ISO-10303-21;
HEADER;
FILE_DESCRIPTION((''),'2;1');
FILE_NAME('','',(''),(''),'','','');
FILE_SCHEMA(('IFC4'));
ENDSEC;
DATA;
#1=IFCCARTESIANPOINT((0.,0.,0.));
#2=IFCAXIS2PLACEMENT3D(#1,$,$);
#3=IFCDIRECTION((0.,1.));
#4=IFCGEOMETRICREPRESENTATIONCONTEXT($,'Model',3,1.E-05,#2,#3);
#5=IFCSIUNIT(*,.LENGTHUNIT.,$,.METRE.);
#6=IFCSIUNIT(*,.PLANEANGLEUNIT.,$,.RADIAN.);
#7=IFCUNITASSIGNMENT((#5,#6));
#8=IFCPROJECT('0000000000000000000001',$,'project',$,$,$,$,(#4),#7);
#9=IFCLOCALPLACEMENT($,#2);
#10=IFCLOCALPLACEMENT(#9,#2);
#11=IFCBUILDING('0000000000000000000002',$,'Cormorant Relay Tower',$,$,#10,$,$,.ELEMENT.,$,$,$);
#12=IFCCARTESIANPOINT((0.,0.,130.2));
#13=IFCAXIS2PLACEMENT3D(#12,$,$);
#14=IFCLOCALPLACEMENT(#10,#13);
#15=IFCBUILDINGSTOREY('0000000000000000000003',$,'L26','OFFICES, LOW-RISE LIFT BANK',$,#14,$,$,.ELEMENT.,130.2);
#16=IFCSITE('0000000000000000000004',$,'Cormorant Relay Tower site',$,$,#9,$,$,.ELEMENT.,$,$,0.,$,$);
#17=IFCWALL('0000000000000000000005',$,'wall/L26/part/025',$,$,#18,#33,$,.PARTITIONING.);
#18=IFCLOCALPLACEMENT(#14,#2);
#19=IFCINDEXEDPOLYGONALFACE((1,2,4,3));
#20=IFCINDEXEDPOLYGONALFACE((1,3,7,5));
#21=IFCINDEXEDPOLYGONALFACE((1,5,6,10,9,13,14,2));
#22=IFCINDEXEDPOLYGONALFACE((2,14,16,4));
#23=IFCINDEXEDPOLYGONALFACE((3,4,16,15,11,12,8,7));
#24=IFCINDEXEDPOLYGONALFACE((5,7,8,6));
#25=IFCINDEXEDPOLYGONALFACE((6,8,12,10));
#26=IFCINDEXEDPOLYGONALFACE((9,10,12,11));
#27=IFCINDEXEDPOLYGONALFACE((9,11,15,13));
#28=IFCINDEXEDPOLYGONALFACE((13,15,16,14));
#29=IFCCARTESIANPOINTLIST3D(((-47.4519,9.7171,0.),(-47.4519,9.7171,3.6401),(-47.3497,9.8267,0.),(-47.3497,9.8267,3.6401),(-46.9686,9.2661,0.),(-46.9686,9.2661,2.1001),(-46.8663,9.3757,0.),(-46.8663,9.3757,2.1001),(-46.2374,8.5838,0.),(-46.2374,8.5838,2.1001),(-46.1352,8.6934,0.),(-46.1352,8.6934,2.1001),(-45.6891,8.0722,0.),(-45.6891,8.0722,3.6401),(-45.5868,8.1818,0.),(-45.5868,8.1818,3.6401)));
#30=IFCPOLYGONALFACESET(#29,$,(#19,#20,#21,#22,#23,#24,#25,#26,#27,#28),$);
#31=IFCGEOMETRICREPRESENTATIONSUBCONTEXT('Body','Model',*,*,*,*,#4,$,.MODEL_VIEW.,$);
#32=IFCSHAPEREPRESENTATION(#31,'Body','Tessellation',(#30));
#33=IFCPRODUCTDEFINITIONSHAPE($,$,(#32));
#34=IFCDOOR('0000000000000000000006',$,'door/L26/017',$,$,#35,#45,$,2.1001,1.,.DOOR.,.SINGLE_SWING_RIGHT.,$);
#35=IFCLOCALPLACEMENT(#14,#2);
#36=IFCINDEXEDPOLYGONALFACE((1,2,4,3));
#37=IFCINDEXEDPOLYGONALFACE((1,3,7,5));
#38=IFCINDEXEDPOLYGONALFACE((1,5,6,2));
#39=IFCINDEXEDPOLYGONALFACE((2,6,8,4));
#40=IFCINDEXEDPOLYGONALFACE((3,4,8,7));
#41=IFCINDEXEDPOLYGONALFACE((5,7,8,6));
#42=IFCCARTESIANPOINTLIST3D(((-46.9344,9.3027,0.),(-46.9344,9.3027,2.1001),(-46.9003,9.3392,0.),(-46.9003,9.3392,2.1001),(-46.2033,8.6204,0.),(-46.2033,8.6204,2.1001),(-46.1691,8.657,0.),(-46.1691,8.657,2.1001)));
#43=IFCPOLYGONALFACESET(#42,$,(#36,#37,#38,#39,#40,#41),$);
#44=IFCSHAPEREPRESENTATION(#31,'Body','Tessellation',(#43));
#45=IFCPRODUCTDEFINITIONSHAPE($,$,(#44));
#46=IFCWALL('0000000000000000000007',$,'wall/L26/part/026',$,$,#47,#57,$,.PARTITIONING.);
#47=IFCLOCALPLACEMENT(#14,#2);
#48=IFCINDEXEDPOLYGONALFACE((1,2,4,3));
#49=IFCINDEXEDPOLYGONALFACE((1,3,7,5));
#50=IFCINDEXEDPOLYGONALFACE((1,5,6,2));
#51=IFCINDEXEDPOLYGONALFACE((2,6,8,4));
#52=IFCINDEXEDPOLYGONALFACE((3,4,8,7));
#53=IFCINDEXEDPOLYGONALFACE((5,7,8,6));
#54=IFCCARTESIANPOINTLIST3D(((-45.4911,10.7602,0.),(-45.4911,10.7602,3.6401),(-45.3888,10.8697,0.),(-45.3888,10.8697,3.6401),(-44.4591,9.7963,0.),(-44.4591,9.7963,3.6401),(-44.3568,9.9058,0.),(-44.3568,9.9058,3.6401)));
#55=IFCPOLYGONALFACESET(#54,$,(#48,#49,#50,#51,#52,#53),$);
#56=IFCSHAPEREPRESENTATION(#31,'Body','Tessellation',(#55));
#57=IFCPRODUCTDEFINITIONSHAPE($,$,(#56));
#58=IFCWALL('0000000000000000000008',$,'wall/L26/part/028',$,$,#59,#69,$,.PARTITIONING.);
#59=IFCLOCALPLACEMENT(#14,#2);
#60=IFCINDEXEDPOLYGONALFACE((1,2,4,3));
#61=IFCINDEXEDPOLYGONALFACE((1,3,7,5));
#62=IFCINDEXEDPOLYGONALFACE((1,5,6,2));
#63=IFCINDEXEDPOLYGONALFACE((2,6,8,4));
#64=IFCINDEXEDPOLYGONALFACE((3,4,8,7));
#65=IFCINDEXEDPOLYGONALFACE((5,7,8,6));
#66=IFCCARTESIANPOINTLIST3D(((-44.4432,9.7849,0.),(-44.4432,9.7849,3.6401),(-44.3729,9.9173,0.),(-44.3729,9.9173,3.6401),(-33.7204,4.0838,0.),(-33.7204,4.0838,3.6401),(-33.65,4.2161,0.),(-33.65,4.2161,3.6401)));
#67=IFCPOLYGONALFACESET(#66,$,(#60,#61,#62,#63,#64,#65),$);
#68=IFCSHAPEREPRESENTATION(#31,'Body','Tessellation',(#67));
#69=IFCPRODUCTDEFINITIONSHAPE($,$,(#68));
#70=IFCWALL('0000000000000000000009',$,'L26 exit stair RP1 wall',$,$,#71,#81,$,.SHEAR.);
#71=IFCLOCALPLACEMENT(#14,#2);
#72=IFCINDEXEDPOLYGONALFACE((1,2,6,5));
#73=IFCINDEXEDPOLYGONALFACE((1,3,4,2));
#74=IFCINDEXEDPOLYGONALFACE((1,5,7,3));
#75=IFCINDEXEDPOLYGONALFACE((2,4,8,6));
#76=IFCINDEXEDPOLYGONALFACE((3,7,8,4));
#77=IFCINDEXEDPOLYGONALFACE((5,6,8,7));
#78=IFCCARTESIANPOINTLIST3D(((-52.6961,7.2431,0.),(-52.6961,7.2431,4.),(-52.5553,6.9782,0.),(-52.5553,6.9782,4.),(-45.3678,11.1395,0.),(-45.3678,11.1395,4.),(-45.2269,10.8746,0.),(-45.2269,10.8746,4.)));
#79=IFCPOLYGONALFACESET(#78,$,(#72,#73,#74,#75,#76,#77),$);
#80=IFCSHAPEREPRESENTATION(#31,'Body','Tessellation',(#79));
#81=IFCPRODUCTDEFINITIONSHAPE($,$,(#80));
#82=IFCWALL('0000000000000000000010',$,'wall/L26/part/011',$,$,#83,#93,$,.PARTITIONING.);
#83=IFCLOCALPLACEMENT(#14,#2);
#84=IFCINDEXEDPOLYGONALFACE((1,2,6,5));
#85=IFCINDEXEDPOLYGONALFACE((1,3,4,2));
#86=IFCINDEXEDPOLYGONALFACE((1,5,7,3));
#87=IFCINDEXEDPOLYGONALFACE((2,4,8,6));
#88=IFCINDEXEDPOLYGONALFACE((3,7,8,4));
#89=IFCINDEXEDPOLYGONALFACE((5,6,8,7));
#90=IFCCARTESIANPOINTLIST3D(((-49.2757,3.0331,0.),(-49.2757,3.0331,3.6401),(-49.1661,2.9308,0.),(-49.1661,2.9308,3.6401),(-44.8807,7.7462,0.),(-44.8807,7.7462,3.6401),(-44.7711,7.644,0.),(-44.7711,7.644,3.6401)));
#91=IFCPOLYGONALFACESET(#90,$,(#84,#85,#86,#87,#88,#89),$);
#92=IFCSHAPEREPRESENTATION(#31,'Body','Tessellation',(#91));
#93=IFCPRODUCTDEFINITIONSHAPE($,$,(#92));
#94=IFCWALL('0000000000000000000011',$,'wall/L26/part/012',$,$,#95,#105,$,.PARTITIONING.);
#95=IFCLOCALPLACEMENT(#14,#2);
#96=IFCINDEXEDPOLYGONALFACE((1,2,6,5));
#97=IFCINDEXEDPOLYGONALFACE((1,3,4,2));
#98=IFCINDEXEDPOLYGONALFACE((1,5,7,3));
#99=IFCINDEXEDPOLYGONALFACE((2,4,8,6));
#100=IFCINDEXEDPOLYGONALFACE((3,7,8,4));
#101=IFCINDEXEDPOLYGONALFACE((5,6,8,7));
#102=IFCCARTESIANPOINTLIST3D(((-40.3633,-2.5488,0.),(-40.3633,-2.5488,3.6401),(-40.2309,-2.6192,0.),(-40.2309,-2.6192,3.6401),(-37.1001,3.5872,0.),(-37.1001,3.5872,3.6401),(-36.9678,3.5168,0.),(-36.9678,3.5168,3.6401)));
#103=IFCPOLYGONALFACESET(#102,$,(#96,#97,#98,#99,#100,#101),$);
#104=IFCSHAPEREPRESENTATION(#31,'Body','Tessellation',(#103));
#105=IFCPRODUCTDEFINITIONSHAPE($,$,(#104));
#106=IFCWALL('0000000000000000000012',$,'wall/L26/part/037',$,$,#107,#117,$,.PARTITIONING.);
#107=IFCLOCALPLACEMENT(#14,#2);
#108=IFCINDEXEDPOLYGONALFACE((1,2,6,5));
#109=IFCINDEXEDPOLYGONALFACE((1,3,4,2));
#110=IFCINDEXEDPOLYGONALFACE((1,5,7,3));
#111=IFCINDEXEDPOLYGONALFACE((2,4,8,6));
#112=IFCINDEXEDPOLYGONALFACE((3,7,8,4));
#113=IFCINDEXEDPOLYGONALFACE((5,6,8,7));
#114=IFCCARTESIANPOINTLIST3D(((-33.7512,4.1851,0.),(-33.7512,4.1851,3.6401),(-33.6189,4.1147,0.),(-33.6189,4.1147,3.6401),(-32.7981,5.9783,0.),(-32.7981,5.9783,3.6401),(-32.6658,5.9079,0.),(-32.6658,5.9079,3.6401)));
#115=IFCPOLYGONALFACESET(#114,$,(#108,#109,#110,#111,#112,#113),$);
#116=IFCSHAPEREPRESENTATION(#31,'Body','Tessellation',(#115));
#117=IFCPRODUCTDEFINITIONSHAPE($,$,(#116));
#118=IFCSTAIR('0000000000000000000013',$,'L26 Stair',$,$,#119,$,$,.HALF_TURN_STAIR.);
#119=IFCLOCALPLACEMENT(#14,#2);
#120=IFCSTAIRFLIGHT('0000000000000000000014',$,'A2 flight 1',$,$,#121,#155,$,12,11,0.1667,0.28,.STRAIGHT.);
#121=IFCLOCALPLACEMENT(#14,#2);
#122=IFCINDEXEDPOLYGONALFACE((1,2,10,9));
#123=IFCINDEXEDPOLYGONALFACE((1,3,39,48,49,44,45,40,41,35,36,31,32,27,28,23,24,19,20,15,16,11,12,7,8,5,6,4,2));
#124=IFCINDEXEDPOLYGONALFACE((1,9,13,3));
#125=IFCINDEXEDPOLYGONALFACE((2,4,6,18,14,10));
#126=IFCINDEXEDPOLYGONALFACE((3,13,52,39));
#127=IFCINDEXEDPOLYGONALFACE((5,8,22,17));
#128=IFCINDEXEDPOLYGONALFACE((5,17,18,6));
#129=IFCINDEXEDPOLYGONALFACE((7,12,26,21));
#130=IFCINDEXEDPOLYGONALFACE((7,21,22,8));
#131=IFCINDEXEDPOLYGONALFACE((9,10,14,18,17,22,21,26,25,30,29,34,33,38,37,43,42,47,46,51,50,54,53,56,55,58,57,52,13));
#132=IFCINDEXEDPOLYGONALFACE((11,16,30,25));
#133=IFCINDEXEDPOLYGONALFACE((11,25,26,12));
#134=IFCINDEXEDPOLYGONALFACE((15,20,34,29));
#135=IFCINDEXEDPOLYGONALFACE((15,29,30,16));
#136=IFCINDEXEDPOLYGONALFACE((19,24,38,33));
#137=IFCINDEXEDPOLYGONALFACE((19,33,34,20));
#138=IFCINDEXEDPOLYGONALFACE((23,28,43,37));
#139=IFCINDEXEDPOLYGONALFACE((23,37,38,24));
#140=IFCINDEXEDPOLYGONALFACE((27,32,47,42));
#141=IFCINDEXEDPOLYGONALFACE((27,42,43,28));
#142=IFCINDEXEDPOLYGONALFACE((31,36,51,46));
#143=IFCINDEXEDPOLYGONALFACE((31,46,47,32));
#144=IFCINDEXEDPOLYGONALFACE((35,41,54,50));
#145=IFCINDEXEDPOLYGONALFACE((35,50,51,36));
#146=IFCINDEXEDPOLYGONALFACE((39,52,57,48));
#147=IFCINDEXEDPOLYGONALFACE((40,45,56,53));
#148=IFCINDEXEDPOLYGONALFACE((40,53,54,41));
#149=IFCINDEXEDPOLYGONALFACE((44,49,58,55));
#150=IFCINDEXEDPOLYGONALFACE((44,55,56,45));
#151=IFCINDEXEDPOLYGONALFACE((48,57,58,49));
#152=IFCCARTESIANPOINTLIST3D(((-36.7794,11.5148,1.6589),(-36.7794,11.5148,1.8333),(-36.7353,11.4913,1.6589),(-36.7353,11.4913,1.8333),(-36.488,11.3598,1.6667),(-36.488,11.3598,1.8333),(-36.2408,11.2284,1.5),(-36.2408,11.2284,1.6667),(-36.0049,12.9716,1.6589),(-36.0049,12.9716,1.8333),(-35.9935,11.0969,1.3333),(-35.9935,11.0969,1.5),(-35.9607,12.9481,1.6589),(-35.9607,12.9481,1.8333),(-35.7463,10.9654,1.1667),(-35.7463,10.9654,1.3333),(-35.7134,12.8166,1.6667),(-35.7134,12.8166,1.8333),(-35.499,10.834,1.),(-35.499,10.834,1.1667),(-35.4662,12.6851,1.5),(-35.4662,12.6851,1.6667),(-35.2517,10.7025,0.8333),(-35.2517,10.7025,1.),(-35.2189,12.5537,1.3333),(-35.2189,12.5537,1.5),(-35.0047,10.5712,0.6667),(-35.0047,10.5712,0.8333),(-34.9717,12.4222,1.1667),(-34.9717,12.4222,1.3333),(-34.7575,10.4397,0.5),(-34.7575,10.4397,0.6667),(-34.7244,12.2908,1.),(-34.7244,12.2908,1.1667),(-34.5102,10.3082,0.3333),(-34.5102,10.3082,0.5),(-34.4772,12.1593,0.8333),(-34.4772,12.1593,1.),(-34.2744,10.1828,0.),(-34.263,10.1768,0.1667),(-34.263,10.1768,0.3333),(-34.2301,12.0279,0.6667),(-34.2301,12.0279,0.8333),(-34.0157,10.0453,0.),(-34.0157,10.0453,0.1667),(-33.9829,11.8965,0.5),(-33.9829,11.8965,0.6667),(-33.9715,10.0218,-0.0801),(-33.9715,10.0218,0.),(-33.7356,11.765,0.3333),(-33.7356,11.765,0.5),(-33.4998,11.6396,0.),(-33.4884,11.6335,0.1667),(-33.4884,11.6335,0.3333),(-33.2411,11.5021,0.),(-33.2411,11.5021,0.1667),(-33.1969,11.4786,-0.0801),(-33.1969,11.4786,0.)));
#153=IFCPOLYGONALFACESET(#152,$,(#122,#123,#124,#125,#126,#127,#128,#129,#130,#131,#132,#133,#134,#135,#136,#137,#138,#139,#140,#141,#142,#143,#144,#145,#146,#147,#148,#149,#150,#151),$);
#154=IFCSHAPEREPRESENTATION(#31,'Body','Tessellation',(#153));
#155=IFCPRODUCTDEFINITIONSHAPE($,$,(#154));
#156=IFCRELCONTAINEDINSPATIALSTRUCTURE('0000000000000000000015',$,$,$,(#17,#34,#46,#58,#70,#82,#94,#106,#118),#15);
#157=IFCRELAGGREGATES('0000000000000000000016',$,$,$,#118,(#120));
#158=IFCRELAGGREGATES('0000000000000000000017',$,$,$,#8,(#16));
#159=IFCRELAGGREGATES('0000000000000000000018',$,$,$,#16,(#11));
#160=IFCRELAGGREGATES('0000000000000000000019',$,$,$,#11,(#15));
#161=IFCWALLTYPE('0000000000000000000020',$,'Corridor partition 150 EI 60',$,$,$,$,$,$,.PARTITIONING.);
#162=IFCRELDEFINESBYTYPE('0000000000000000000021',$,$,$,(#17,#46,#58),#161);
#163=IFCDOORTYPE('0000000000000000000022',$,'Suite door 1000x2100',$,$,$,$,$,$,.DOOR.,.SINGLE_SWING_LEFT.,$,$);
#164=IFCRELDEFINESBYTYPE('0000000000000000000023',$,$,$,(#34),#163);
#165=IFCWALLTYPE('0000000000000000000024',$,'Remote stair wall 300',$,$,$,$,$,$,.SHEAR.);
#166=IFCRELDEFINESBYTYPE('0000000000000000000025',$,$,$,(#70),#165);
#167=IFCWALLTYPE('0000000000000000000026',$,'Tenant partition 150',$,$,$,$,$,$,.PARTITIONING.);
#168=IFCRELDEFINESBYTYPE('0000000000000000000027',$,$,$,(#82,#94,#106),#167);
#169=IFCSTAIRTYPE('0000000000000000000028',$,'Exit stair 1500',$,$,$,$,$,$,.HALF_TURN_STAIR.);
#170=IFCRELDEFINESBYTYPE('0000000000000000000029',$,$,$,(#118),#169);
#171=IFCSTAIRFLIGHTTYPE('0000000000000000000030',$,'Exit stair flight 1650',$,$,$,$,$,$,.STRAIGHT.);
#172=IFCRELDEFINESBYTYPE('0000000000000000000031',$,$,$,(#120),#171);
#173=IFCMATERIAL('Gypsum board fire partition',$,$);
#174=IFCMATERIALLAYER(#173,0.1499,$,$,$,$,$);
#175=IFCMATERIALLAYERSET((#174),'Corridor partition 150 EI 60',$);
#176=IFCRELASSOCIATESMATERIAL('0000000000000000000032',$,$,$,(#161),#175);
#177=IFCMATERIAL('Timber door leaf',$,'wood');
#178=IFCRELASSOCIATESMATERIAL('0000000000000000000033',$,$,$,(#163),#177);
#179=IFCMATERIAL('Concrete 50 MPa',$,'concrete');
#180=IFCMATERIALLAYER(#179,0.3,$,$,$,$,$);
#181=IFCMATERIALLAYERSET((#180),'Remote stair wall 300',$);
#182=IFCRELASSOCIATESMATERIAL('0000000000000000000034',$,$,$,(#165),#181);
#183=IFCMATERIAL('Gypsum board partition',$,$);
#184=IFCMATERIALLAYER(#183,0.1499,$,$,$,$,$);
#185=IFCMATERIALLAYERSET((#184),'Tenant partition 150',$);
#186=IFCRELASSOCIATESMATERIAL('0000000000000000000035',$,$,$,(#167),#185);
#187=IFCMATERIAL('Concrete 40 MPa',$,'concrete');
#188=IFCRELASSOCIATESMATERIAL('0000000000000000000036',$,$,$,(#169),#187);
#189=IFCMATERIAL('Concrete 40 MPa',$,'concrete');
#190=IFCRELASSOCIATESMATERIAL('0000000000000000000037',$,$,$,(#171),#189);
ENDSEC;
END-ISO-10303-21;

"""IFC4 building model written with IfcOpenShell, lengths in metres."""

from ifc_helpers import new_model, si_unit, direction, frame, frame_2d, origin, place, context, subcontext, project, spatial, polyline, rectangle, outline, extrude, material, layer, layer_set, type_object, element, fill, aggregate, save


model = new_model("IFC4")

# Units and contexts
model_context = context("Model", 3, precision=1e-05, world=origin(), true_north=direction((0.0, 1.0)))
body_context = subcontext(model_context, "Body", "Model", "MODEL_VIEW")
ifc_project = project(units=[si_unit("LENGTHUNIT", "METRE"), si_unit("PLANEANGLEUNIT", "RADIAN")], contexts=[model_context])

# Site, building, storey
site_placement = place(None, origin())
site = spatial("IfcSite", under=ifc_project, at=site_placement, Name="Cormorant Relay Tower site", CompositionType="ELEMENT", RefElevation=0.0)
building_placement = place(site_placement, origin())
building = spatial("IfcBuilding", under=site, at=building_placement, Name="Cormorant Relay Tower", CompositionType="ELEMENT")
storey_placement = place(building_placement, frame((0.0, 0.0, 130.2)))
storey = spatial("IfcBuildingStorey", under=building, at=storey_placement, Name="L26", Description="OFFICES, LOW-RISE LIFT BANK", CompositionType="ELEMENT", Elevation=130.2)

# Shared definitions
ifc_material_1 = material(Name="Gypsum board fire partition")
ifc_layer_1 = layer(ifc_material_1, 0.1499)
ifc_layer_set_1 = layer_set([ifc_layer_1], Name="Corridor partition 150 EI 60")
wall_type_1 = type_object("IfcWallType", Name="Corridor partition 150 EI 60", PredefinedType="PARTITIONING", material=ifc_layer_set_1)

# Wall, opening, door
wall_1_placement = place(storey_placement, frame((-45.6379, 8.127, 0.0), z_axis=(0.0, 0.0, 1.0), x_axis=(-0.731136, 0.682232, 0.0)))
wall_1 = element("IfcWall", 1, at=wall_1_placement, inside=storey, type_object=wall_type_1, Name="wall/L26/part/025", PredefinedType="PARTITIONING", context=body_context, shape_type="SweptSolid", body=[
    extrude(rectangle(XDim=2.4111, YDim=0.1499, at=frame_2d((1.2056, 0.0))), origin(), (0.0, 0.0, 1.0), 3.6401),
])
opening_placement = place(wall_1_placement, frame((0.75, 0.0, 0.0)))
opening = element("IfcOpeningElement", 2, at=opening_placement, cuts=wall_1, PredefinedType="OPENING", context=body_context, shape_type="SweptSolid", body=[
    extrude(rectangle(XDim=1.0, YDim=2.1001, at=frame_2d((0.5, 1.05))), frame((0.0, 0.085, 0.0), z_axis=(0.0, -1.0, 0.0), x_axis=(1.0, 0.0, 0.0)), (0.0, 0.0, 1.0), 0.1699),
])
ifc_material_2 = material(Name="Timber door leaf", Category="wood")
door_type = type_object("IfcDoorType", Name="Suite door 1000x2100", OperationType="SINGLE_SWING_LEFT", PredefinedType="DOOR", material=ifc_material_2)
door_placement = place(opening_placement, origin())
door = element("IfcDoor", 3, at=door_placement, inside=storey, type_object=door_type, Name="door/L26/017", OperationType="SINGLE_SWING_RIGHT", OverallHeight=2.1001, OverallWidth=1.0, PredefinedType="DOOR", context=body_context, shape_type="SweptSolid", body=[
    extrude(rectangle(XDim=1.0, YDim=2.1001, at=frame_2d((0.5, 1.05))), frame((0.0, 0.0249, 0.0), z_axis=(0.0, -1.0, 0.0), x_axis=(1.0, 0.0, 0.0)), (0.0, 0.0, 1.0), 0.05),
])
fill(opening, door)

# Walls
wall_2_placement = place(storey_placement, frame((-44.408, 9.8511, 0.0), z_axis=(0.0, 0.0, 1.0), x_axis=(-0.730814, 0.682577, 0.0)))
element("IfcWall", 4, at=wall_2_placement, inside=storey, type_object=wall_type_1, Name="wall/L26/part/026", PredefinedType="PARTITIONING", context=body_context, shape_type="SweptSolid", body=[
    extrude(rectangle(XDim=1.4121, YDim=0.1499, at=frame_2d((0.7061, 0.0))), origin(), (0.0, 0.0, 1.0), 3.6401),
])
wall_3_placement = place(storey_placement, frame((-33.6851, 4.1499, 0.0), z_axis=(0.0, 0.0, 1.0), x_axis=(-0.882958, 0.469453, 0.0)))
element("IfcWall", 5, at=wall_3_placement, inside=storey, type_object=wall_type_1, Name="wall/L26/part/028", PredefinedType="PARTITIONING", context=body_context, shape_type="SweptSolid", body=[
    extrude(rectangle(XDim=12.1443, YDim=0.1499, at=frame_2d((6.0723, 0.0))), origin(), (0.0, 0.0, 1.0), 3.6401),
])
ifc_material_3 = material(Name="Concrete 50 MPa", Category="concrete")
ifc_layer_2 = layer(ifc_material_3, 0.3)
ifc_layer_set_2 = layer_set([ifc_layer_2], Name="Remote stair wall 300")
wall_type_2 = type_object("IfcWallType", Name="Remote stair wall 300", PredefinedType="SHEAR", material=ifc_layer_set_2)
wall_4_placement = place(storey_placement, frame((-45.2974, 11.0071, 0.0), z_axis=(0.0, 0.0, 1.0), x_axis=(-0.882952, -0.469464, 0.0)))
element("IfcWall", 6, at=wall_4_placement, inside=storey, type_object=wall_type_2, Name="L26 exit stair RP1 wall", PredefinedType="SHEAR", context=body_context, shape_type="SweptSolid", body=[
    extrude(rectangle(XDim=8.2998, YDim=0.3, at=frame_2d((4.1499, 0.0))), origin(), (0.0, 0.0, 1.0), 4.0),
])
ifc_material_4 = material(Name="Gypsum board partition")
ifc_layer_3 = layer(ifc_material_4, 0.1499)
ifc_layer_set_3 = layer_set([ifc_layer_3], Name="Tenant partition 150")
wall_type_3 = type_object("IfcWallType", Name="Tenant partition 150", PredefinedType="PARTITIONING", material=ifc_layer_set_3)
wall_5_placement = place(storey_placement, frame((-44.8259, 7.6951, 0.0), z_axis=(0.0, 0.0, 1.0), x_axis=(-0.681994, -0.731358, 0.0)))
element("IfcWall", 7, at=wall_5_placement, inside=storey, type_object=wall_type_3, Name="wall/L26/part/011", PredefinedType="PARTITIONING", context=body_context, shape_type="SweptSolid", body=[
    extrude(rectangle(XDim=6.4443, YDim=0.1499, at=frame_2d((3.2222, 0.0))), origin(), (0.0, 0.0, 1.0), 3.6401),
])
wall_6_placement = place(storey_placement, frame((-37.0339, 3.552, 0.0), z_axis=(0.0, 0.0, 1.0), x_axis=(-0.469541, -0.882911, 0.0)))
element("IfcWall", 8, at=wall_6_placement, inside=storey, type_object=wall_type_3, Name="wall/L26/part/012", PredefinedType="PARTITIONING", context=body_context, shape_type="SweptSolid", body=[
    extrude(rectangle(XDim=6.9497, YDim=0.1499, at=frame_2d((3.4749, 0.0))), origin(), (0.0, 0.0, 1.0), 3.6401),
])
wall_7_placement = place(storey_placement, frame((-32.7319, 5.9431, 0.0), z_axis=(0.0, 0.0, 1.0), x_axis=(-0.46934, -0.883018, 0.0)))
element("IfcWall", 9, at=wall_7_placement, inside=storey, type_object=wall_type_3, Name="wall/L26/part/037", PredefinedType="PARTITIONING", context=body_context, shape_type="SweptSolid", body=[
    extrude(rectangle(XDim=2.0308, YDim=0.1499, at=frame_2d((1.0154, 0.0))), origin(), (0.0, 0.0, 1.0), 3.6401),
])

# Stair, stair flight
ifc_material_5 = material(Name="Concrete 40 MPa", Category="concrete")
stair_type = type_object("IfcStairType", Name="Exit stair 1500", PredefinedType="HALF_TURN_STAIR", material=ifc_material_5)
stair_placement = place(storey_placement, origin())
stair = element("IfcStair", 10, at=stair_placement, inside=storey, type_object=stair_type, Name="L26 Stair", PredefinedType="HALF_TURN_STAIR")
ifc_material_6 = material(Name="Concrete 40 MPa", Category="concrete")
stair_flight_type = type_object("IfcStairFlightType", Name="Exit stair flight 1650", PredefinedType="STRAIGHT", material=ifc_material_6)
stair_flight_1_placement = place(storey_placement, frame((-33.6284, 10.7737, 0.0), z_axis=(0.0, 0.0, 1.0), x_axis=(-0.882948, 0.469472, 0.0)))
stair_flight_1 = element("IfcStairFlight", 11, at=stair_flight_1_placement, type_object=stair_flight_type, Name="A2 flight 1", NumberOfRisers=12, NumberOfTreads=11, PredefinedType="STRAIGHT", RiserHeight=0.1667, TreadLength=0.28, context=body_context, shape_type="SweptSolid", body=[
    extrude(outline(polyline([(-0.05, -0.0801), (-0.05, 0.0), (0.0, 0.0), (0.0, 0.1667), (0.28, 0.1667), (0.28, 0.3333), (0.5601, 0.3333), (0.5601, 0.5), (0.8401, 0.5), (0.8401, 0.6667), (1.1201, 0.6667), (1.1201, 0.8333), (1.3999, 0.8333), (1.3999, 1.0), (1.6799, 1.0), (1.6799, 1.1667), (1.96, 1.1667), (1.96, 1.3333), (2.24, 1.3333), (2.24, 1.5), (2.52, 1.5), (2.52, 1.6667), (2.8, 1.6667), (2.8, 1.8333), (3.0801, 1.8333), (3.1301, 1.8333), (3.1301, 1.6589), (3.0801, 1.6589), (0.293, 0.0), (-0.05, -0.0801)])), frame((0.0, 0.825, 0.0), z_axis=(0.0, -1.0, 0.0), x_axis=(1.0, 0.0, 0.0)), (0.0, 0.0, 1.0), 1.6499),
])
aggregate(stair, [stair_flight_1])

save(model, "model.ifc")
